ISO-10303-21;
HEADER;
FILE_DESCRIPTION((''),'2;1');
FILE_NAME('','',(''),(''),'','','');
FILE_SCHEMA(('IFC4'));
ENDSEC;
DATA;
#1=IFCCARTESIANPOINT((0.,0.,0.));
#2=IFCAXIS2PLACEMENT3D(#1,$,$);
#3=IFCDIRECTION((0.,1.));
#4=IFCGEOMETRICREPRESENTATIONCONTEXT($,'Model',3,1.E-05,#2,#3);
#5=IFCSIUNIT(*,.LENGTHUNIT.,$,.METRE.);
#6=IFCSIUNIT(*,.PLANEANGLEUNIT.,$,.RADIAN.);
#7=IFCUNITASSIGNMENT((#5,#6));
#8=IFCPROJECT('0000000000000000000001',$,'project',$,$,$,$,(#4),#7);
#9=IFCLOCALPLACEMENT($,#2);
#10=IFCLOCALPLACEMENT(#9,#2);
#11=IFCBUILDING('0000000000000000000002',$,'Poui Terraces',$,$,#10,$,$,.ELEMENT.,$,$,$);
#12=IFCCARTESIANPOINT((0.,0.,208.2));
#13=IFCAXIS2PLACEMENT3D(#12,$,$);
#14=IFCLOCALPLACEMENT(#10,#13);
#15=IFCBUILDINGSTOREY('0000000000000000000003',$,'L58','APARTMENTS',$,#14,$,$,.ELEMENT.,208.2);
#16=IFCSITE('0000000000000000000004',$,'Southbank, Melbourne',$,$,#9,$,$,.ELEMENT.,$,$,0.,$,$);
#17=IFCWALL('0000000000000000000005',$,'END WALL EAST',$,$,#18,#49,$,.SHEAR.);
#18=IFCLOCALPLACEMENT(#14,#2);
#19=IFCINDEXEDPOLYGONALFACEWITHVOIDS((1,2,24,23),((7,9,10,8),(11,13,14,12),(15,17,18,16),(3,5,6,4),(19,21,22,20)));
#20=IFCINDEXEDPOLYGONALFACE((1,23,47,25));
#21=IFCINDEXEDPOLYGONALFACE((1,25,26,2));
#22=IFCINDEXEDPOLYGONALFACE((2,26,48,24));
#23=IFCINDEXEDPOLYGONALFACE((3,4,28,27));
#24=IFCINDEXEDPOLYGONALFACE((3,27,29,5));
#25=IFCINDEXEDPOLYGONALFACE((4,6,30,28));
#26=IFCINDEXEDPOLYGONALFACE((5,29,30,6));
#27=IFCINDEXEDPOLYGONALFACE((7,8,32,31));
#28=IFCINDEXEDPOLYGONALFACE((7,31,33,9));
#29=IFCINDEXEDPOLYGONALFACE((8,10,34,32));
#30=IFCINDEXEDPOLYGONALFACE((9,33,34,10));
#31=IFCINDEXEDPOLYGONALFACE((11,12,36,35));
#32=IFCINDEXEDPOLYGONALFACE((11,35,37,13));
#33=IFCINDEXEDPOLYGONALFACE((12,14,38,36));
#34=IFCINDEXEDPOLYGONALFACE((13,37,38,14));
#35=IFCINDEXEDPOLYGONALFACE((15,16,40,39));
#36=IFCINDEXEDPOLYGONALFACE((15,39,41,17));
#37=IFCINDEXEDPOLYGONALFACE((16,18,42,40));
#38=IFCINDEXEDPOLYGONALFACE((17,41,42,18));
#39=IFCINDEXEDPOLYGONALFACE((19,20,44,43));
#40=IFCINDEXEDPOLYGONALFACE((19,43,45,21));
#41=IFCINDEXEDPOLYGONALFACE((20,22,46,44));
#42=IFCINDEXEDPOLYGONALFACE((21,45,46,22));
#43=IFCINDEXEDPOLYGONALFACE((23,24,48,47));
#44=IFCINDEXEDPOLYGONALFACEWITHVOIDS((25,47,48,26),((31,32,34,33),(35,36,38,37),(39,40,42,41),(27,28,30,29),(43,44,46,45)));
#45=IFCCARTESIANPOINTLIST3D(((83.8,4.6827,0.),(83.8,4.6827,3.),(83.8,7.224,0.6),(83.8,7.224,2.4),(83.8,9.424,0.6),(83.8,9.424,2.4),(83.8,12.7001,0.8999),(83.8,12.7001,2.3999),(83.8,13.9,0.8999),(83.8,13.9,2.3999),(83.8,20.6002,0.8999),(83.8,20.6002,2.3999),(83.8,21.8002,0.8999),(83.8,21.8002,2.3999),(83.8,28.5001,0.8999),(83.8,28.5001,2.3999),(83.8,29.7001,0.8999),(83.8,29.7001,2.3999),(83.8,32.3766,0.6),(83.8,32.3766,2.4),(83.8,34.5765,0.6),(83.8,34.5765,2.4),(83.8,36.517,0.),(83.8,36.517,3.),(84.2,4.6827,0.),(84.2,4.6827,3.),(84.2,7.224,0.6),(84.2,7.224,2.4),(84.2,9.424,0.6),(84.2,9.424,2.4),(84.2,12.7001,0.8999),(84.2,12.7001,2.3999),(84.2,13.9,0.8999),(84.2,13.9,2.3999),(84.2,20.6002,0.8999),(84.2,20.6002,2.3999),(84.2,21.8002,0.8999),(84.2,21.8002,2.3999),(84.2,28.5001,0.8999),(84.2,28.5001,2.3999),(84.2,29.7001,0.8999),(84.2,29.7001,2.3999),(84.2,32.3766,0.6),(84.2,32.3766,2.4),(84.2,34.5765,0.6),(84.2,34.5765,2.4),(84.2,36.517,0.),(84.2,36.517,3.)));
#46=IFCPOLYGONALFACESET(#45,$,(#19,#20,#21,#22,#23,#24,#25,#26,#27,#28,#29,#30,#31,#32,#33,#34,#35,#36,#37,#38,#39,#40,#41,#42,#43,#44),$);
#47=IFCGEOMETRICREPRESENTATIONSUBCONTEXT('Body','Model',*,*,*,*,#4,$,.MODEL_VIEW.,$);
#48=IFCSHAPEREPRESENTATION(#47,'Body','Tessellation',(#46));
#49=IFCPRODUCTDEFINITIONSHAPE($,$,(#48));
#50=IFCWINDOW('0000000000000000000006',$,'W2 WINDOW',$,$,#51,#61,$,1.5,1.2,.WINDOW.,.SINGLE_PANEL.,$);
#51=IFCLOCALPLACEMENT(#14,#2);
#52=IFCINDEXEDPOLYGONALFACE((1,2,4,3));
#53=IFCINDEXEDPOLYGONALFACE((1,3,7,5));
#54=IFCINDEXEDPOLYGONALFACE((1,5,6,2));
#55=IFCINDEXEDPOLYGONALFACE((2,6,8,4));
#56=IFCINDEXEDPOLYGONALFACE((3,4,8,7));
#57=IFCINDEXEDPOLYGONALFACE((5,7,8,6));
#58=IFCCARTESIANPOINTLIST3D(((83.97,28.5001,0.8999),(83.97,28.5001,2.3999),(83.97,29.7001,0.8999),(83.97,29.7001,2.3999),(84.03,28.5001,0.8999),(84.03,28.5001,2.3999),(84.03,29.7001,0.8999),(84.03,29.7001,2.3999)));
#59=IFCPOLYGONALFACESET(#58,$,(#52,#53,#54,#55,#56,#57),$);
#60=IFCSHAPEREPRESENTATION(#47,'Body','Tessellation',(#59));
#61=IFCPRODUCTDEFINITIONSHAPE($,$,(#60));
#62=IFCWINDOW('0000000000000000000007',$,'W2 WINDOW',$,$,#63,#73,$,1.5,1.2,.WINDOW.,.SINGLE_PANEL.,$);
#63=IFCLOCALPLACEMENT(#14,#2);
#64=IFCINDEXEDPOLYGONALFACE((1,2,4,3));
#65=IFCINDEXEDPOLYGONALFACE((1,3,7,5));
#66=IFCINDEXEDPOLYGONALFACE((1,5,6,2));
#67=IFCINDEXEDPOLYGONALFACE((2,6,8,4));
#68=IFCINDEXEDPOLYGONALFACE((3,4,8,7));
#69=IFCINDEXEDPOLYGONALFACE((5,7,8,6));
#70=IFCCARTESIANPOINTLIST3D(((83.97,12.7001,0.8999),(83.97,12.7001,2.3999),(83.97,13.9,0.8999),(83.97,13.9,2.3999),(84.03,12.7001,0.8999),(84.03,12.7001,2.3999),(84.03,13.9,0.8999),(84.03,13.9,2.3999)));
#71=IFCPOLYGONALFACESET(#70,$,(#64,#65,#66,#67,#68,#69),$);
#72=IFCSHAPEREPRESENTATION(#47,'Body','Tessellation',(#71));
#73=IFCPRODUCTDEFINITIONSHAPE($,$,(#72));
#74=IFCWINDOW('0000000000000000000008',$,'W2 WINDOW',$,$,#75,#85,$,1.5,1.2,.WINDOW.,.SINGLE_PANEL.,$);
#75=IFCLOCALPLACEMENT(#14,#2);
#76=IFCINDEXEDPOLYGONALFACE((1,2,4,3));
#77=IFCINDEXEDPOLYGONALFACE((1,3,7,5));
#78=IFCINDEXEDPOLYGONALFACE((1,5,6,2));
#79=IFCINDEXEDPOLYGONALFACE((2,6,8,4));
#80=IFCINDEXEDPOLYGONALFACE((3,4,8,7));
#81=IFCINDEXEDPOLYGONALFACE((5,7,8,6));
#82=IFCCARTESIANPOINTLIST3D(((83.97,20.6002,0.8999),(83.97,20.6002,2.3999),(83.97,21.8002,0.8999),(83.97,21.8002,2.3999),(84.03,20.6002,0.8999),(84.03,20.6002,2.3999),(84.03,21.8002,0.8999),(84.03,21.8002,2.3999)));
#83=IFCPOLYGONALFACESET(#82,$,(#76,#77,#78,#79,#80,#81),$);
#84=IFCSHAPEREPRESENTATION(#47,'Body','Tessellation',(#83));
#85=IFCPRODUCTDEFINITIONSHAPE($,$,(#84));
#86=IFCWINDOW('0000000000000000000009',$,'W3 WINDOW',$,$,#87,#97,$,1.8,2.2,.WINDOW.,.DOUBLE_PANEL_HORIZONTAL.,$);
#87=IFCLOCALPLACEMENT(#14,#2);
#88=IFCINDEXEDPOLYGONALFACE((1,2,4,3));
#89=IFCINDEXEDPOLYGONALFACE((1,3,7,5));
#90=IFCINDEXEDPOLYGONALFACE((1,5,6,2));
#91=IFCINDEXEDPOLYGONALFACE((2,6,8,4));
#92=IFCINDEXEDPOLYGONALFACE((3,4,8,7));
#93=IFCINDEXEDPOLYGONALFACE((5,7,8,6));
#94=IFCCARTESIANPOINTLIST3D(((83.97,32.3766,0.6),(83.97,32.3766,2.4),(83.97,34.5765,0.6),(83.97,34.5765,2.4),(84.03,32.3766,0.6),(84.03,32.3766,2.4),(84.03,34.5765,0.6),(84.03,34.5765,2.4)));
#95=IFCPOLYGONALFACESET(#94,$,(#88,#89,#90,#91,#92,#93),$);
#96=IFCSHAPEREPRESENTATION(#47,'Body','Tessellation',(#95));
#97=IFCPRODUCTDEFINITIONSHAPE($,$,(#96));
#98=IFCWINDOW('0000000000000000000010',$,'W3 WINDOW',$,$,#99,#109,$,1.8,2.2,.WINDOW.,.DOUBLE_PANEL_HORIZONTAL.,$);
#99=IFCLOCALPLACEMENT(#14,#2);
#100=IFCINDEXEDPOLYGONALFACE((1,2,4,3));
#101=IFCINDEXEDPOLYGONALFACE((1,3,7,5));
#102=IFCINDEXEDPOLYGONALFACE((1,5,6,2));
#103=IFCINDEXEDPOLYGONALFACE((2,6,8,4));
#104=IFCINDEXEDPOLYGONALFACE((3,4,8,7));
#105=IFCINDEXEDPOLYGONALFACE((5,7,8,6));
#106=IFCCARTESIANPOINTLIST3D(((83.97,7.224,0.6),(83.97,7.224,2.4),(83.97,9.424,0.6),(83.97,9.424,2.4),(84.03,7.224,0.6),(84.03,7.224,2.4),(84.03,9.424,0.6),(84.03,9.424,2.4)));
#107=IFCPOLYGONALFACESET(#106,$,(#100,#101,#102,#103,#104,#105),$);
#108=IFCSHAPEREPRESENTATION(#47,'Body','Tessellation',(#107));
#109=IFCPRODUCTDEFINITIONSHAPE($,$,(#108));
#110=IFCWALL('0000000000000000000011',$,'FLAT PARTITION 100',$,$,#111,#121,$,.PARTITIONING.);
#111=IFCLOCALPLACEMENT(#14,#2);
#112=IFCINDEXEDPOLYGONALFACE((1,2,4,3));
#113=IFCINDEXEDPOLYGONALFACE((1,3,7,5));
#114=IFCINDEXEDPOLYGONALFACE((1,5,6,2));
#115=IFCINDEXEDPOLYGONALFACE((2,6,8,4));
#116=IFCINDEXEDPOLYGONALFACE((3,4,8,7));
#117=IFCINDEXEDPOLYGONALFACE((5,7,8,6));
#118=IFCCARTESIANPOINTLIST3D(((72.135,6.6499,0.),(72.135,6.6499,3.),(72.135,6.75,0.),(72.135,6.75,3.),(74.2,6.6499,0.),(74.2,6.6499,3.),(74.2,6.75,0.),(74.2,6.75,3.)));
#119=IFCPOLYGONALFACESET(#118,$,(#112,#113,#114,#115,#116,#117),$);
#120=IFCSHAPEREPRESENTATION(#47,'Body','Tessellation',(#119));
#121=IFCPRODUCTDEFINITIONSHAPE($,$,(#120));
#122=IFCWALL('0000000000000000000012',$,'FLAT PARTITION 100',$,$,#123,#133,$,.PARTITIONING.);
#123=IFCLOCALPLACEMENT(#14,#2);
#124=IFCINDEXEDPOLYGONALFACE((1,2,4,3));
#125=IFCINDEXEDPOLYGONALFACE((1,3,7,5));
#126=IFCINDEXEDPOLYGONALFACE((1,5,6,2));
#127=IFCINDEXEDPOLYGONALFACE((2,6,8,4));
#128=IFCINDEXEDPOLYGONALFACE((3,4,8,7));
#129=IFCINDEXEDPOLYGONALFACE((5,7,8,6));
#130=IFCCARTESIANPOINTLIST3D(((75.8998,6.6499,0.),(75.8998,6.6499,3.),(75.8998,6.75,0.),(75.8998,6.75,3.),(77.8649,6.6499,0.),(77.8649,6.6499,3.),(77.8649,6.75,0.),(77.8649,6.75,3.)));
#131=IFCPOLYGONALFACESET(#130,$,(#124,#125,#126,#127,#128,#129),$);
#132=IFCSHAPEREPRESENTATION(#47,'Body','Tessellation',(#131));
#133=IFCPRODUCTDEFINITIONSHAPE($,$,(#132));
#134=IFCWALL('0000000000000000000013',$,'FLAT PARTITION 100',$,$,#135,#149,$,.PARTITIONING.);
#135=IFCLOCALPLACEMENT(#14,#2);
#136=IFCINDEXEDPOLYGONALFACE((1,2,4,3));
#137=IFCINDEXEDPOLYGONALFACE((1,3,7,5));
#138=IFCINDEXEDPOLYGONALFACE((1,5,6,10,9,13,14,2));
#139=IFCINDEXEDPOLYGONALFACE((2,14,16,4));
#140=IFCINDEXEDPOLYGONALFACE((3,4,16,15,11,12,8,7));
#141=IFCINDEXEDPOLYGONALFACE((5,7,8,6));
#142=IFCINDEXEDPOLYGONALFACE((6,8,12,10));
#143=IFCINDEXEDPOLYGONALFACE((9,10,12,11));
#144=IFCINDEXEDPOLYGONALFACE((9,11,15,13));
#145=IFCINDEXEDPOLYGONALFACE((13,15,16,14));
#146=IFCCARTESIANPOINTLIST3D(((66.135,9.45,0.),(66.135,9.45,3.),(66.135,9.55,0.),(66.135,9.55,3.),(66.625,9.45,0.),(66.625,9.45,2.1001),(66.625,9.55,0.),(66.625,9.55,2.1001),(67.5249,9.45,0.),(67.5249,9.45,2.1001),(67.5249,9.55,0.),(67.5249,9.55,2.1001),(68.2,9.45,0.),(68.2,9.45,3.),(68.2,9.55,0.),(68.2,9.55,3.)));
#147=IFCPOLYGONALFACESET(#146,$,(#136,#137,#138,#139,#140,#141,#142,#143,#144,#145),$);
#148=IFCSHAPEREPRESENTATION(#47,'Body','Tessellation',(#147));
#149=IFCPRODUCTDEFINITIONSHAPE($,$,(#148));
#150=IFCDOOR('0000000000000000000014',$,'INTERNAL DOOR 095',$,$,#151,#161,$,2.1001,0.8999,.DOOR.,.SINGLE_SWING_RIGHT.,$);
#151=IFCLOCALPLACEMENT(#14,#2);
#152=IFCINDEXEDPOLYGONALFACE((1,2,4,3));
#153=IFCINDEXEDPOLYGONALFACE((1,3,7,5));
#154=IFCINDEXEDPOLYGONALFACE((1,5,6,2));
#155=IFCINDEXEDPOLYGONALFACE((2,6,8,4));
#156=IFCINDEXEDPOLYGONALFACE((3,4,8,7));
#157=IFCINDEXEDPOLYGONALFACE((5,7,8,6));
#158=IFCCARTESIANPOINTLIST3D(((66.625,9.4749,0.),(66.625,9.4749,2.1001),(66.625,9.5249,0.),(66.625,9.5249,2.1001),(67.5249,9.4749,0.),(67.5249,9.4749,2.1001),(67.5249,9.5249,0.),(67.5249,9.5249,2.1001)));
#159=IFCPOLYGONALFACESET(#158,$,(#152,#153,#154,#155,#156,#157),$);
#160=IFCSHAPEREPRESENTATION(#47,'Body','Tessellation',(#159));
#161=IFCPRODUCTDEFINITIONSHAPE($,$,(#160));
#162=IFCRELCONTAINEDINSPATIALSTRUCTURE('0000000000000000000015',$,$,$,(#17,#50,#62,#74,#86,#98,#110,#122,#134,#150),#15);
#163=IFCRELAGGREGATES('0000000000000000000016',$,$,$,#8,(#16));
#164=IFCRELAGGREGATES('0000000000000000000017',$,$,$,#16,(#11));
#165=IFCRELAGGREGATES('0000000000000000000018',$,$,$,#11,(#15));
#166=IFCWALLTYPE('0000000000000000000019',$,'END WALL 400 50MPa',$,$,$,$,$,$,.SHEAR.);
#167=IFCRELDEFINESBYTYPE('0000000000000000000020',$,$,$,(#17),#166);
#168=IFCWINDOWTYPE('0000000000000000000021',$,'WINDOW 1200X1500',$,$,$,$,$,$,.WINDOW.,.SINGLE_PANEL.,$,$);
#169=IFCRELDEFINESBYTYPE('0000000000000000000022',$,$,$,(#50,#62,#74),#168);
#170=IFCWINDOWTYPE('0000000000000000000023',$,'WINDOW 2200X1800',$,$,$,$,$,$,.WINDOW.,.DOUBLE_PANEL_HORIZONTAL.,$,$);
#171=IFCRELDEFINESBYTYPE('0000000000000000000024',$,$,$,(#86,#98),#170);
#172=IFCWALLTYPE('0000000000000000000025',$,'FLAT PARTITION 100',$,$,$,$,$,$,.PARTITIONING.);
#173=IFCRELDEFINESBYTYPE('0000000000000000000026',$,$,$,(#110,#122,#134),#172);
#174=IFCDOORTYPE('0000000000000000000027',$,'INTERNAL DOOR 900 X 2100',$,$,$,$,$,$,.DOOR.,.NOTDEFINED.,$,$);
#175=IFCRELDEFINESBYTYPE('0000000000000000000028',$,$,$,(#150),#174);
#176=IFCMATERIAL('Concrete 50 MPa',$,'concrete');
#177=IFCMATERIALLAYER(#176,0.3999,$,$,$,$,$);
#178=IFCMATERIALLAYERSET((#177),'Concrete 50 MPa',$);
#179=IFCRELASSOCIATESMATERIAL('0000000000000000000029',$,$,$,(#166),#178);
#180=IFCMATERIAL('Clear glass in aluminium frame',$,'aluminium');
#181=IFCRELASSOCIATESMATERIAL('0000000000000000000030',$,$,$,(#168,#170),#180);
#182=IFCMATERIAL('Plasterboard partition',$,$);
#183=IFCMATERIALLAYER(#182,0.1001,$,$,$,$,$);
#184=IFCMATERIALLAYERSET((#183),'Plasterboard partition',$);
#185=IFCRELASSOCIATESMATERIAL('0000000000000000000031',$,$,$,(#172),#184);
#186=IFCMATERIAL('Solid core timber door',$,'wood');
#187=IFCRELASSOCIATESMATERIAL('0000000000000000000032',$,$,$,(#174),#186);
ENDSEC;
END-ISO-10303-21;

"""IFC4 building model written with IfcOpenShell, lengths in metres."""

from ifc_helpers import new_model, si_unit, direction, frame, frame_2d, origin, place, context, subcontext, project, spatial, rectangle, extrude, material, layer, layer_set, type_object, element, fill, save


model = new_model("IFC4")

# Units and contexts
model_context = context("Model", 3, precision=1e-05, world=origin(), true_north=direction((0.0, 1.0)))
body_context = subcontext(model_context, "Body", "Model", "MODEL_VIEW")
ifc_project = project(units=[si_unit("LENGTHUNIT", "METRE"), si_unit("PLANEANGLEUNIT", "RADIAN")], contexts=[model_context])

# Site, building, storey
site_placement = place(None, origin())
site = spatial("IfcSite", under=ifc_project, at=site_placement, Name="Southbank, Melbourne", CompositionType="ELEMENT", RefElevation=0.0)
building_placement = place(site_placement, origin())
building = spatial("IfcBuilding", under=site, at=building_placement, Name="Poui Terraces", CompositionType="ELEMENT")
storey_placement = place(building_placement, frame((0.0, 0.0, 208.2)))
storey = spatial("IfcBuildingStorey", under=building, at=storey_placement, Name="L58", Description="APARTMENTS", CompositionType="ELEMENT", Elevation=208.2)

# Shared definitions
ifc_material_1 = material(Name="Concrete 50 MPa", Category="concrete")

# Wall, openings, windows
ifc_layer_1 = layer(ifc_material_1, 0.3999)
ifc_layer_set_1 = layer_set([ifc_layer_1], Name="Concrete 50 MPa")
wall_type_1 = type_object("IfcWallType", Name="END WALL 400 50MPa", PredefinedType="SHEAR", material=ifc_layer_set_1)
wall_1_placement = place(storey_placement, frame((84.0, 4.6829, 0.0), z_axis=(0.0, 0.0, 1.0), x_axis=(0.0, 1.0, 0.0)))
wall_1 = element("IfcWall", 1, at=wall_1_placement, inside=storey, type_object=wall_type_1, Name="END WALL EAST", PredefinedType="SHEAR", context=body_context, shape_type="SweptSolid", body=[
    extrude(rectangle(XDim=31.8342, YDim=0.3999, at=frame_2d((15.917, 0.0))), origin(), (0.0, 0.0, 1.0), 3.0),
])
opening_1_placement = place(wall_1_placement, frame((23.8171, 0.0, 0.8999)))
opening_1 = element("IfcOpeningElement", 2, at=opening_1_placement, cuts=wall_1, PredefinedType="OPENING", context=body_context, shape_type="SweptSolid", body=[
    extrude(rectangle(XDim=1.2, YDim=1.5, at=frame_2d((0.6001, 0.75))), frame((0.0, 0.21, 0.0), z_axis=(0.0, -1.0, 0.0), x_axis=(1.0, 0.0, 0.0)), (0.0, 0.0, 1.0), 0.4199),
])
opening_2_placement = place(wall_1_placement, frame((8.0171, 0.0, 0.8999)))
opening_2 = element("IfcOpeningElement", 3, at=opening_2_placement, cuts=wall_1, PredefinedType="OPENING", context=body_context, shape_type="SweptSolid", body=[
    extrude(rectangle(XDim=1.2, YDim=1.5, at=frame_2d((0.6001, 0.75))), frame((0.0, 0.21, 0.0), z_axis=(0.0, -1.0, 0.0), x_axis=(1.0, 0.0, 0.0)), (0.0, 0.0, 1.0), 0.4199),
])
opening_3_placement = place(wall_1_placement, frame((27.6936, 0.0, 0.6001)))
opening_3 = element("IfcOpeningElement", 4, at=opening_3_placement, cuts=wall_1, PredefinedType="OPENING", context=body_context, shape_type="SweptSolid", body=[
    extrude(rectangle(XDim=2.2, YDim=1.8, at=frame_2d((1.1001, 0.8999))), frame((0.0, 0.21, 0.0), z_axis=(0.0, -1.0, 0.0), x_axis=(1.0, 0.0, 0.0)), (0.0, 0.0, 1.0), 0.4199),
])
opening_4_placement = place(wall_1_placement, frame((2.541, 0.0, 0.6001)))
opening_4 = element("IfcOpeningElement", 5, at=opening_4_placement, cuts=wall_1, PredefinedType="OPENING", context=body_context, shape_type="SweptSolid", body=[
    extrude(rectangle(XDim=2.2, YDim=1.8, at=frame_2d((1.1001, 0.8999))), frame((0.0, 0.21, 0.0), z_axis=(0.0, -1.0, 0.0), x_axis=(1.0, 0.0, 0.0)), (0.0, 0.0, 1.0), 0.4199),
])
opening_5_placement = place(wall_1_placement, frame((15.9172, 0.0, 0.8999)))
opening_5 = element("IfcOpeningElement", 6, at=opening_5_placement, cuts=wall_1, PredefinedType="OPENING", context=body_context, shape_type="SweptSolid", body=[
    extrude(rectangle(XDim=1.2, YDim=1.5, at=frame_2d((0.6001, 0.75))), frame((0.0, 0.21, 0.0), z_axis=(0.0, -1.0, 0.0), x_axis=(1.0, 0.0, 0.0)), (0.0, 0.0, 1.0), 0.4199),
])
ifc_material_2 = material(Name="Clear glass in aluminium frame", Category="aluminium")
window_type_1 = type_object("IfcWindowType", Name="WINDOW 1200X1500", PartitioningType="SINGLE_PANEL", PredefinedType="WINDOW", material=ifc_material_2)
window_1_placement = place(opening_1_placement, origin())
window_1 = element("IfcWindow", 7, at=window_1_placement, inside=storey, type_object=window_type_1, Name="W2 WINDOW", OverallHeight=1.5, OverallWidth=1.2, PartitioningType="SINGLE_PANEL", PredefinedType="WINDOW", context=body_context, shape_type="SweptSolid", body=[
    extrude(rectangle(XDim=1.2, YDim=1.5, at=frame_2d((0.6001, 0.75))), frame((0.0, 0.03, 0.0), z_axis=(0.0, -1.0, 0.0), x_axis=(1.0, 0.0, 0.0)), (0.0, 0.0, 1.0), 0.0601),
])
fill(opening_1, window_1)
window_2_placement = place(opening_2_placement, origin())
window_2 = element("IfcWindow", 8, at=window_2_placement, inside=storey, type_object=window_type_1, Name="W2 WINDOW", OverallHeight=1.5, OverallWidth=1.2, PartitioningType="SINGLE_PANEL", PredefinedType="WINDOW", context=body_context, shape_type="SweptSolid", body=[
    extrude(rectangle(XDim=1.2, YDim=1.5, at=frame_2d((0.6001, 0.75))), frame((0.0, 0.03, 0.0), z_axis=(0.0, -1.0, 0.0), x_axis=(1.0, 0.0, 0.0)), (0.0, 0.0, 1.0), 0.0601),
])
fill(opening_2, window_2)
window_3_placement = place(opening_5_placement, origin())
window_3 = element("IfcWindow", 9, at=window_3_placement, inside=storey, type_object=window_type_1, Name="W2 WINDOW", OverallHeight=1.5, OverallWidth=1.2, PartitioningType="SINGLE_PANEL", PredefinedType="WINDOW", context=body_context, shape_type="SweptSolid", body=[
    extrude(rectangle(XDim=1.2, YDim=1.5, at=frame_2d((0.6001, 0.75))), frame((0.0, 0.03, 0.0), z_axis=(0.0, -1.0, 0.0), x_axis=(1.0, 0.0, 0.0)), (0.0, 0.0, 1.0), 0.0601),
])
fill(opening_5, window_3)
window_type_2 = type_object("IfcWindowType", Name="WINDOW 2200X1800", PartitioningType="DOUBLE_PANEL_HORIZONTAL", PredefinedType="WINDOW", material=ifc_material_2)
window_4_placement = place(opening_3_placement, origin())
window_4 = element("IfcWindow", 10, at=window_4_placement, inside=storey, type_object=window_type_2, Name="W3 WINDOW", OverallHeight=1.8, OverallWidth=2.2, PartitioningType="DOUBLE_PANEL_HORIZONTAL", PredefinedType="WINDOW", context=body_context, shape_type="SweptSolid", body=[
    extrude(rectangle(XDim=2.2, YDim=1.8, at=frame_2d((1.1001, 0.8999))), frame((0.0, 0.03, 0.0), z_axis=(0.0, -1.0, 0.0), x_axis=(1.0, 0.0, 0.0)), (0.0, 0.0, 1.0), 0.0601),
])
fill(opening_3, window_4)
window_5_placement = place(opening_4_placement, origin())
window_5 = element("IfcWindow", 11, at=window_5_placement, inside=storey, type_object=window_type_2, Name="W3 WINDOW", OverallHeight=1.8, OverallWidth=2.2, PartitioningType="DOUBLE_PANEL_HORIZONTAL", PredefinedType="WINDOW", context=body_context, shape_type="SweptSolid", body=[
    extrude(rectangle(XDim=2.2, YDim=1.8, at=frame_2d((1.1001, 0.8999))), frame((0.0, 0.03, 0.0), z_axis=(0.0, -1.0, 0.0), x_axis=(1.0, 0.0, 0.0)), (0.0, 0.0, 1.0), 0.0601),
])
fill(opening_4, window_5)

# Walls
ifc_material_3 = material(Name="Plasterboard partition")
ifc_layer_2 = layer(ifc_material_3, 0.1001)
ifc_layer_set_2 = layer_set([ifc_layer_2], Name="Plasterboard partition")
wall_type_2 = type_object("IfcWallType", Name="FLAT PARTITION 100", PredefinedType="PARTITIONING", material=ifc_layer_set_2)
wall_2_placement = place(storey_placement, frame((72.135, 6.7, 0.0), z_axis=(0.0, 0.0, 1.0), x_axis=(1.0, 0.0, 0.0)))
element("IfcWall", 12, at=wall_2_placement, inside=storey, type_object=wall_type_2, Name="FLAT PARTITION 100", PredefinedType="PARTITIONING", context=body_context, shape_type="SweptSolid", body=[
    extrude(rectangle(XDim=2.0649, YDim=0.1001, at=frame_2d((1.0325, 0.0))), origin(), (0.0, 0.0, 1.0), 3.0),
])
wall_3_placement = place(storey_placement, frame((75.8999, 6.7, 0.0), z_axis=(0.0, 0.0, 1.0), x_axis=(1.0, 0.0, 0.0)))
element("IfcWall", 13, at=wall_3_placement, inside=storey, type_object=wall_type_2, Name="FLAT PARTITION 100", PredefinedType="PARTITIONING", context=body_context, shape_type="SweptSolid", body=[
    extrude(rectangle(XDim=1.9651, YDim=0.1001, at=frame_2d((0.9824, 0.0))), origin(), (0.0, 0.0, 1.0), 3.0),
])

# Wall, opening, door
wall_4_placement = place(storey_placement, frame((66.135, 9.5, 0.0), z_axis=(0.0, 0.0, 1.0), x_axis=(1.0, 0.0, 0.0)))
wall_4 = element("IfcWall", 14, at=wall_4_placement, inside=storey, type_object=wall_type_2, Name="FLAT PARTITION 100", PredefinedType="PARTITIONING", context=body_context, shape_type="SweptSolid", body=[
    extrude(rectangle(XDim=2.0649, YDim=0.1001, at=frame_2d((1.0325, 0.0))), origin(), (0.0, 0.0, 1.0), 3.0),
])
opening_6_placement = place(wall_4_placement, frame((0.49, 0.0, 0.0)))
opening_6 = element("IfcOpeningElement", 15, at=opening_6_placement, cuts=wall_4, PredefinedType="OPENING", context=body_context, shape_type="SweptSolid", body=[
    extrude(rectangle(XDim=0.8999, YDim=2.1001, at=frame_2d((0.45, 1.05))), frame((0.0, 0.0601, 0.0), z_axis=(0.0, -1.0, 0.0), x_axis=(1.0, 0.0, 0.0)), (0.0, 0.0, 1.0), 0.1201),
])
ifc_material_4 = material(Name="Solid core timber door", Category="wood")
door_type_1 = type_object("IfcDoorType", Name="INTERNAL DOOR 900 X 2100", OperationType="NOTDEFINED", PredefinedType="DOOR", material=ifc_material_4)
door_1_placement = place(opening_6_placement, origin())
door_1 = element("IfcDoor", 16, at=door_1_placement, inside=storey, type_object=door_type_1, Name="INTERNAL DOOR 095", OperationType="SINGLE_SWING_RIGHT", OverallHeight=2.1001, OverallWidth=0.8999, PredefinedType="DOOR", context=body_context, shape_type="SweptSolid", body=[
    extrude(rectangle(XDim=0.8999, YDim=2.1001, at=frame_2d((0.45, 1.05))), frame((0.0, 0.0249, 0.0), z_axis=(0.0, -1.0, 0.0), x_axis=(1.0, 0.0, 0.0)), (0.0, 0.0, 1.0), 0.05),
])
fill(opening_6, door_1)

save(model, "model.ifc")
